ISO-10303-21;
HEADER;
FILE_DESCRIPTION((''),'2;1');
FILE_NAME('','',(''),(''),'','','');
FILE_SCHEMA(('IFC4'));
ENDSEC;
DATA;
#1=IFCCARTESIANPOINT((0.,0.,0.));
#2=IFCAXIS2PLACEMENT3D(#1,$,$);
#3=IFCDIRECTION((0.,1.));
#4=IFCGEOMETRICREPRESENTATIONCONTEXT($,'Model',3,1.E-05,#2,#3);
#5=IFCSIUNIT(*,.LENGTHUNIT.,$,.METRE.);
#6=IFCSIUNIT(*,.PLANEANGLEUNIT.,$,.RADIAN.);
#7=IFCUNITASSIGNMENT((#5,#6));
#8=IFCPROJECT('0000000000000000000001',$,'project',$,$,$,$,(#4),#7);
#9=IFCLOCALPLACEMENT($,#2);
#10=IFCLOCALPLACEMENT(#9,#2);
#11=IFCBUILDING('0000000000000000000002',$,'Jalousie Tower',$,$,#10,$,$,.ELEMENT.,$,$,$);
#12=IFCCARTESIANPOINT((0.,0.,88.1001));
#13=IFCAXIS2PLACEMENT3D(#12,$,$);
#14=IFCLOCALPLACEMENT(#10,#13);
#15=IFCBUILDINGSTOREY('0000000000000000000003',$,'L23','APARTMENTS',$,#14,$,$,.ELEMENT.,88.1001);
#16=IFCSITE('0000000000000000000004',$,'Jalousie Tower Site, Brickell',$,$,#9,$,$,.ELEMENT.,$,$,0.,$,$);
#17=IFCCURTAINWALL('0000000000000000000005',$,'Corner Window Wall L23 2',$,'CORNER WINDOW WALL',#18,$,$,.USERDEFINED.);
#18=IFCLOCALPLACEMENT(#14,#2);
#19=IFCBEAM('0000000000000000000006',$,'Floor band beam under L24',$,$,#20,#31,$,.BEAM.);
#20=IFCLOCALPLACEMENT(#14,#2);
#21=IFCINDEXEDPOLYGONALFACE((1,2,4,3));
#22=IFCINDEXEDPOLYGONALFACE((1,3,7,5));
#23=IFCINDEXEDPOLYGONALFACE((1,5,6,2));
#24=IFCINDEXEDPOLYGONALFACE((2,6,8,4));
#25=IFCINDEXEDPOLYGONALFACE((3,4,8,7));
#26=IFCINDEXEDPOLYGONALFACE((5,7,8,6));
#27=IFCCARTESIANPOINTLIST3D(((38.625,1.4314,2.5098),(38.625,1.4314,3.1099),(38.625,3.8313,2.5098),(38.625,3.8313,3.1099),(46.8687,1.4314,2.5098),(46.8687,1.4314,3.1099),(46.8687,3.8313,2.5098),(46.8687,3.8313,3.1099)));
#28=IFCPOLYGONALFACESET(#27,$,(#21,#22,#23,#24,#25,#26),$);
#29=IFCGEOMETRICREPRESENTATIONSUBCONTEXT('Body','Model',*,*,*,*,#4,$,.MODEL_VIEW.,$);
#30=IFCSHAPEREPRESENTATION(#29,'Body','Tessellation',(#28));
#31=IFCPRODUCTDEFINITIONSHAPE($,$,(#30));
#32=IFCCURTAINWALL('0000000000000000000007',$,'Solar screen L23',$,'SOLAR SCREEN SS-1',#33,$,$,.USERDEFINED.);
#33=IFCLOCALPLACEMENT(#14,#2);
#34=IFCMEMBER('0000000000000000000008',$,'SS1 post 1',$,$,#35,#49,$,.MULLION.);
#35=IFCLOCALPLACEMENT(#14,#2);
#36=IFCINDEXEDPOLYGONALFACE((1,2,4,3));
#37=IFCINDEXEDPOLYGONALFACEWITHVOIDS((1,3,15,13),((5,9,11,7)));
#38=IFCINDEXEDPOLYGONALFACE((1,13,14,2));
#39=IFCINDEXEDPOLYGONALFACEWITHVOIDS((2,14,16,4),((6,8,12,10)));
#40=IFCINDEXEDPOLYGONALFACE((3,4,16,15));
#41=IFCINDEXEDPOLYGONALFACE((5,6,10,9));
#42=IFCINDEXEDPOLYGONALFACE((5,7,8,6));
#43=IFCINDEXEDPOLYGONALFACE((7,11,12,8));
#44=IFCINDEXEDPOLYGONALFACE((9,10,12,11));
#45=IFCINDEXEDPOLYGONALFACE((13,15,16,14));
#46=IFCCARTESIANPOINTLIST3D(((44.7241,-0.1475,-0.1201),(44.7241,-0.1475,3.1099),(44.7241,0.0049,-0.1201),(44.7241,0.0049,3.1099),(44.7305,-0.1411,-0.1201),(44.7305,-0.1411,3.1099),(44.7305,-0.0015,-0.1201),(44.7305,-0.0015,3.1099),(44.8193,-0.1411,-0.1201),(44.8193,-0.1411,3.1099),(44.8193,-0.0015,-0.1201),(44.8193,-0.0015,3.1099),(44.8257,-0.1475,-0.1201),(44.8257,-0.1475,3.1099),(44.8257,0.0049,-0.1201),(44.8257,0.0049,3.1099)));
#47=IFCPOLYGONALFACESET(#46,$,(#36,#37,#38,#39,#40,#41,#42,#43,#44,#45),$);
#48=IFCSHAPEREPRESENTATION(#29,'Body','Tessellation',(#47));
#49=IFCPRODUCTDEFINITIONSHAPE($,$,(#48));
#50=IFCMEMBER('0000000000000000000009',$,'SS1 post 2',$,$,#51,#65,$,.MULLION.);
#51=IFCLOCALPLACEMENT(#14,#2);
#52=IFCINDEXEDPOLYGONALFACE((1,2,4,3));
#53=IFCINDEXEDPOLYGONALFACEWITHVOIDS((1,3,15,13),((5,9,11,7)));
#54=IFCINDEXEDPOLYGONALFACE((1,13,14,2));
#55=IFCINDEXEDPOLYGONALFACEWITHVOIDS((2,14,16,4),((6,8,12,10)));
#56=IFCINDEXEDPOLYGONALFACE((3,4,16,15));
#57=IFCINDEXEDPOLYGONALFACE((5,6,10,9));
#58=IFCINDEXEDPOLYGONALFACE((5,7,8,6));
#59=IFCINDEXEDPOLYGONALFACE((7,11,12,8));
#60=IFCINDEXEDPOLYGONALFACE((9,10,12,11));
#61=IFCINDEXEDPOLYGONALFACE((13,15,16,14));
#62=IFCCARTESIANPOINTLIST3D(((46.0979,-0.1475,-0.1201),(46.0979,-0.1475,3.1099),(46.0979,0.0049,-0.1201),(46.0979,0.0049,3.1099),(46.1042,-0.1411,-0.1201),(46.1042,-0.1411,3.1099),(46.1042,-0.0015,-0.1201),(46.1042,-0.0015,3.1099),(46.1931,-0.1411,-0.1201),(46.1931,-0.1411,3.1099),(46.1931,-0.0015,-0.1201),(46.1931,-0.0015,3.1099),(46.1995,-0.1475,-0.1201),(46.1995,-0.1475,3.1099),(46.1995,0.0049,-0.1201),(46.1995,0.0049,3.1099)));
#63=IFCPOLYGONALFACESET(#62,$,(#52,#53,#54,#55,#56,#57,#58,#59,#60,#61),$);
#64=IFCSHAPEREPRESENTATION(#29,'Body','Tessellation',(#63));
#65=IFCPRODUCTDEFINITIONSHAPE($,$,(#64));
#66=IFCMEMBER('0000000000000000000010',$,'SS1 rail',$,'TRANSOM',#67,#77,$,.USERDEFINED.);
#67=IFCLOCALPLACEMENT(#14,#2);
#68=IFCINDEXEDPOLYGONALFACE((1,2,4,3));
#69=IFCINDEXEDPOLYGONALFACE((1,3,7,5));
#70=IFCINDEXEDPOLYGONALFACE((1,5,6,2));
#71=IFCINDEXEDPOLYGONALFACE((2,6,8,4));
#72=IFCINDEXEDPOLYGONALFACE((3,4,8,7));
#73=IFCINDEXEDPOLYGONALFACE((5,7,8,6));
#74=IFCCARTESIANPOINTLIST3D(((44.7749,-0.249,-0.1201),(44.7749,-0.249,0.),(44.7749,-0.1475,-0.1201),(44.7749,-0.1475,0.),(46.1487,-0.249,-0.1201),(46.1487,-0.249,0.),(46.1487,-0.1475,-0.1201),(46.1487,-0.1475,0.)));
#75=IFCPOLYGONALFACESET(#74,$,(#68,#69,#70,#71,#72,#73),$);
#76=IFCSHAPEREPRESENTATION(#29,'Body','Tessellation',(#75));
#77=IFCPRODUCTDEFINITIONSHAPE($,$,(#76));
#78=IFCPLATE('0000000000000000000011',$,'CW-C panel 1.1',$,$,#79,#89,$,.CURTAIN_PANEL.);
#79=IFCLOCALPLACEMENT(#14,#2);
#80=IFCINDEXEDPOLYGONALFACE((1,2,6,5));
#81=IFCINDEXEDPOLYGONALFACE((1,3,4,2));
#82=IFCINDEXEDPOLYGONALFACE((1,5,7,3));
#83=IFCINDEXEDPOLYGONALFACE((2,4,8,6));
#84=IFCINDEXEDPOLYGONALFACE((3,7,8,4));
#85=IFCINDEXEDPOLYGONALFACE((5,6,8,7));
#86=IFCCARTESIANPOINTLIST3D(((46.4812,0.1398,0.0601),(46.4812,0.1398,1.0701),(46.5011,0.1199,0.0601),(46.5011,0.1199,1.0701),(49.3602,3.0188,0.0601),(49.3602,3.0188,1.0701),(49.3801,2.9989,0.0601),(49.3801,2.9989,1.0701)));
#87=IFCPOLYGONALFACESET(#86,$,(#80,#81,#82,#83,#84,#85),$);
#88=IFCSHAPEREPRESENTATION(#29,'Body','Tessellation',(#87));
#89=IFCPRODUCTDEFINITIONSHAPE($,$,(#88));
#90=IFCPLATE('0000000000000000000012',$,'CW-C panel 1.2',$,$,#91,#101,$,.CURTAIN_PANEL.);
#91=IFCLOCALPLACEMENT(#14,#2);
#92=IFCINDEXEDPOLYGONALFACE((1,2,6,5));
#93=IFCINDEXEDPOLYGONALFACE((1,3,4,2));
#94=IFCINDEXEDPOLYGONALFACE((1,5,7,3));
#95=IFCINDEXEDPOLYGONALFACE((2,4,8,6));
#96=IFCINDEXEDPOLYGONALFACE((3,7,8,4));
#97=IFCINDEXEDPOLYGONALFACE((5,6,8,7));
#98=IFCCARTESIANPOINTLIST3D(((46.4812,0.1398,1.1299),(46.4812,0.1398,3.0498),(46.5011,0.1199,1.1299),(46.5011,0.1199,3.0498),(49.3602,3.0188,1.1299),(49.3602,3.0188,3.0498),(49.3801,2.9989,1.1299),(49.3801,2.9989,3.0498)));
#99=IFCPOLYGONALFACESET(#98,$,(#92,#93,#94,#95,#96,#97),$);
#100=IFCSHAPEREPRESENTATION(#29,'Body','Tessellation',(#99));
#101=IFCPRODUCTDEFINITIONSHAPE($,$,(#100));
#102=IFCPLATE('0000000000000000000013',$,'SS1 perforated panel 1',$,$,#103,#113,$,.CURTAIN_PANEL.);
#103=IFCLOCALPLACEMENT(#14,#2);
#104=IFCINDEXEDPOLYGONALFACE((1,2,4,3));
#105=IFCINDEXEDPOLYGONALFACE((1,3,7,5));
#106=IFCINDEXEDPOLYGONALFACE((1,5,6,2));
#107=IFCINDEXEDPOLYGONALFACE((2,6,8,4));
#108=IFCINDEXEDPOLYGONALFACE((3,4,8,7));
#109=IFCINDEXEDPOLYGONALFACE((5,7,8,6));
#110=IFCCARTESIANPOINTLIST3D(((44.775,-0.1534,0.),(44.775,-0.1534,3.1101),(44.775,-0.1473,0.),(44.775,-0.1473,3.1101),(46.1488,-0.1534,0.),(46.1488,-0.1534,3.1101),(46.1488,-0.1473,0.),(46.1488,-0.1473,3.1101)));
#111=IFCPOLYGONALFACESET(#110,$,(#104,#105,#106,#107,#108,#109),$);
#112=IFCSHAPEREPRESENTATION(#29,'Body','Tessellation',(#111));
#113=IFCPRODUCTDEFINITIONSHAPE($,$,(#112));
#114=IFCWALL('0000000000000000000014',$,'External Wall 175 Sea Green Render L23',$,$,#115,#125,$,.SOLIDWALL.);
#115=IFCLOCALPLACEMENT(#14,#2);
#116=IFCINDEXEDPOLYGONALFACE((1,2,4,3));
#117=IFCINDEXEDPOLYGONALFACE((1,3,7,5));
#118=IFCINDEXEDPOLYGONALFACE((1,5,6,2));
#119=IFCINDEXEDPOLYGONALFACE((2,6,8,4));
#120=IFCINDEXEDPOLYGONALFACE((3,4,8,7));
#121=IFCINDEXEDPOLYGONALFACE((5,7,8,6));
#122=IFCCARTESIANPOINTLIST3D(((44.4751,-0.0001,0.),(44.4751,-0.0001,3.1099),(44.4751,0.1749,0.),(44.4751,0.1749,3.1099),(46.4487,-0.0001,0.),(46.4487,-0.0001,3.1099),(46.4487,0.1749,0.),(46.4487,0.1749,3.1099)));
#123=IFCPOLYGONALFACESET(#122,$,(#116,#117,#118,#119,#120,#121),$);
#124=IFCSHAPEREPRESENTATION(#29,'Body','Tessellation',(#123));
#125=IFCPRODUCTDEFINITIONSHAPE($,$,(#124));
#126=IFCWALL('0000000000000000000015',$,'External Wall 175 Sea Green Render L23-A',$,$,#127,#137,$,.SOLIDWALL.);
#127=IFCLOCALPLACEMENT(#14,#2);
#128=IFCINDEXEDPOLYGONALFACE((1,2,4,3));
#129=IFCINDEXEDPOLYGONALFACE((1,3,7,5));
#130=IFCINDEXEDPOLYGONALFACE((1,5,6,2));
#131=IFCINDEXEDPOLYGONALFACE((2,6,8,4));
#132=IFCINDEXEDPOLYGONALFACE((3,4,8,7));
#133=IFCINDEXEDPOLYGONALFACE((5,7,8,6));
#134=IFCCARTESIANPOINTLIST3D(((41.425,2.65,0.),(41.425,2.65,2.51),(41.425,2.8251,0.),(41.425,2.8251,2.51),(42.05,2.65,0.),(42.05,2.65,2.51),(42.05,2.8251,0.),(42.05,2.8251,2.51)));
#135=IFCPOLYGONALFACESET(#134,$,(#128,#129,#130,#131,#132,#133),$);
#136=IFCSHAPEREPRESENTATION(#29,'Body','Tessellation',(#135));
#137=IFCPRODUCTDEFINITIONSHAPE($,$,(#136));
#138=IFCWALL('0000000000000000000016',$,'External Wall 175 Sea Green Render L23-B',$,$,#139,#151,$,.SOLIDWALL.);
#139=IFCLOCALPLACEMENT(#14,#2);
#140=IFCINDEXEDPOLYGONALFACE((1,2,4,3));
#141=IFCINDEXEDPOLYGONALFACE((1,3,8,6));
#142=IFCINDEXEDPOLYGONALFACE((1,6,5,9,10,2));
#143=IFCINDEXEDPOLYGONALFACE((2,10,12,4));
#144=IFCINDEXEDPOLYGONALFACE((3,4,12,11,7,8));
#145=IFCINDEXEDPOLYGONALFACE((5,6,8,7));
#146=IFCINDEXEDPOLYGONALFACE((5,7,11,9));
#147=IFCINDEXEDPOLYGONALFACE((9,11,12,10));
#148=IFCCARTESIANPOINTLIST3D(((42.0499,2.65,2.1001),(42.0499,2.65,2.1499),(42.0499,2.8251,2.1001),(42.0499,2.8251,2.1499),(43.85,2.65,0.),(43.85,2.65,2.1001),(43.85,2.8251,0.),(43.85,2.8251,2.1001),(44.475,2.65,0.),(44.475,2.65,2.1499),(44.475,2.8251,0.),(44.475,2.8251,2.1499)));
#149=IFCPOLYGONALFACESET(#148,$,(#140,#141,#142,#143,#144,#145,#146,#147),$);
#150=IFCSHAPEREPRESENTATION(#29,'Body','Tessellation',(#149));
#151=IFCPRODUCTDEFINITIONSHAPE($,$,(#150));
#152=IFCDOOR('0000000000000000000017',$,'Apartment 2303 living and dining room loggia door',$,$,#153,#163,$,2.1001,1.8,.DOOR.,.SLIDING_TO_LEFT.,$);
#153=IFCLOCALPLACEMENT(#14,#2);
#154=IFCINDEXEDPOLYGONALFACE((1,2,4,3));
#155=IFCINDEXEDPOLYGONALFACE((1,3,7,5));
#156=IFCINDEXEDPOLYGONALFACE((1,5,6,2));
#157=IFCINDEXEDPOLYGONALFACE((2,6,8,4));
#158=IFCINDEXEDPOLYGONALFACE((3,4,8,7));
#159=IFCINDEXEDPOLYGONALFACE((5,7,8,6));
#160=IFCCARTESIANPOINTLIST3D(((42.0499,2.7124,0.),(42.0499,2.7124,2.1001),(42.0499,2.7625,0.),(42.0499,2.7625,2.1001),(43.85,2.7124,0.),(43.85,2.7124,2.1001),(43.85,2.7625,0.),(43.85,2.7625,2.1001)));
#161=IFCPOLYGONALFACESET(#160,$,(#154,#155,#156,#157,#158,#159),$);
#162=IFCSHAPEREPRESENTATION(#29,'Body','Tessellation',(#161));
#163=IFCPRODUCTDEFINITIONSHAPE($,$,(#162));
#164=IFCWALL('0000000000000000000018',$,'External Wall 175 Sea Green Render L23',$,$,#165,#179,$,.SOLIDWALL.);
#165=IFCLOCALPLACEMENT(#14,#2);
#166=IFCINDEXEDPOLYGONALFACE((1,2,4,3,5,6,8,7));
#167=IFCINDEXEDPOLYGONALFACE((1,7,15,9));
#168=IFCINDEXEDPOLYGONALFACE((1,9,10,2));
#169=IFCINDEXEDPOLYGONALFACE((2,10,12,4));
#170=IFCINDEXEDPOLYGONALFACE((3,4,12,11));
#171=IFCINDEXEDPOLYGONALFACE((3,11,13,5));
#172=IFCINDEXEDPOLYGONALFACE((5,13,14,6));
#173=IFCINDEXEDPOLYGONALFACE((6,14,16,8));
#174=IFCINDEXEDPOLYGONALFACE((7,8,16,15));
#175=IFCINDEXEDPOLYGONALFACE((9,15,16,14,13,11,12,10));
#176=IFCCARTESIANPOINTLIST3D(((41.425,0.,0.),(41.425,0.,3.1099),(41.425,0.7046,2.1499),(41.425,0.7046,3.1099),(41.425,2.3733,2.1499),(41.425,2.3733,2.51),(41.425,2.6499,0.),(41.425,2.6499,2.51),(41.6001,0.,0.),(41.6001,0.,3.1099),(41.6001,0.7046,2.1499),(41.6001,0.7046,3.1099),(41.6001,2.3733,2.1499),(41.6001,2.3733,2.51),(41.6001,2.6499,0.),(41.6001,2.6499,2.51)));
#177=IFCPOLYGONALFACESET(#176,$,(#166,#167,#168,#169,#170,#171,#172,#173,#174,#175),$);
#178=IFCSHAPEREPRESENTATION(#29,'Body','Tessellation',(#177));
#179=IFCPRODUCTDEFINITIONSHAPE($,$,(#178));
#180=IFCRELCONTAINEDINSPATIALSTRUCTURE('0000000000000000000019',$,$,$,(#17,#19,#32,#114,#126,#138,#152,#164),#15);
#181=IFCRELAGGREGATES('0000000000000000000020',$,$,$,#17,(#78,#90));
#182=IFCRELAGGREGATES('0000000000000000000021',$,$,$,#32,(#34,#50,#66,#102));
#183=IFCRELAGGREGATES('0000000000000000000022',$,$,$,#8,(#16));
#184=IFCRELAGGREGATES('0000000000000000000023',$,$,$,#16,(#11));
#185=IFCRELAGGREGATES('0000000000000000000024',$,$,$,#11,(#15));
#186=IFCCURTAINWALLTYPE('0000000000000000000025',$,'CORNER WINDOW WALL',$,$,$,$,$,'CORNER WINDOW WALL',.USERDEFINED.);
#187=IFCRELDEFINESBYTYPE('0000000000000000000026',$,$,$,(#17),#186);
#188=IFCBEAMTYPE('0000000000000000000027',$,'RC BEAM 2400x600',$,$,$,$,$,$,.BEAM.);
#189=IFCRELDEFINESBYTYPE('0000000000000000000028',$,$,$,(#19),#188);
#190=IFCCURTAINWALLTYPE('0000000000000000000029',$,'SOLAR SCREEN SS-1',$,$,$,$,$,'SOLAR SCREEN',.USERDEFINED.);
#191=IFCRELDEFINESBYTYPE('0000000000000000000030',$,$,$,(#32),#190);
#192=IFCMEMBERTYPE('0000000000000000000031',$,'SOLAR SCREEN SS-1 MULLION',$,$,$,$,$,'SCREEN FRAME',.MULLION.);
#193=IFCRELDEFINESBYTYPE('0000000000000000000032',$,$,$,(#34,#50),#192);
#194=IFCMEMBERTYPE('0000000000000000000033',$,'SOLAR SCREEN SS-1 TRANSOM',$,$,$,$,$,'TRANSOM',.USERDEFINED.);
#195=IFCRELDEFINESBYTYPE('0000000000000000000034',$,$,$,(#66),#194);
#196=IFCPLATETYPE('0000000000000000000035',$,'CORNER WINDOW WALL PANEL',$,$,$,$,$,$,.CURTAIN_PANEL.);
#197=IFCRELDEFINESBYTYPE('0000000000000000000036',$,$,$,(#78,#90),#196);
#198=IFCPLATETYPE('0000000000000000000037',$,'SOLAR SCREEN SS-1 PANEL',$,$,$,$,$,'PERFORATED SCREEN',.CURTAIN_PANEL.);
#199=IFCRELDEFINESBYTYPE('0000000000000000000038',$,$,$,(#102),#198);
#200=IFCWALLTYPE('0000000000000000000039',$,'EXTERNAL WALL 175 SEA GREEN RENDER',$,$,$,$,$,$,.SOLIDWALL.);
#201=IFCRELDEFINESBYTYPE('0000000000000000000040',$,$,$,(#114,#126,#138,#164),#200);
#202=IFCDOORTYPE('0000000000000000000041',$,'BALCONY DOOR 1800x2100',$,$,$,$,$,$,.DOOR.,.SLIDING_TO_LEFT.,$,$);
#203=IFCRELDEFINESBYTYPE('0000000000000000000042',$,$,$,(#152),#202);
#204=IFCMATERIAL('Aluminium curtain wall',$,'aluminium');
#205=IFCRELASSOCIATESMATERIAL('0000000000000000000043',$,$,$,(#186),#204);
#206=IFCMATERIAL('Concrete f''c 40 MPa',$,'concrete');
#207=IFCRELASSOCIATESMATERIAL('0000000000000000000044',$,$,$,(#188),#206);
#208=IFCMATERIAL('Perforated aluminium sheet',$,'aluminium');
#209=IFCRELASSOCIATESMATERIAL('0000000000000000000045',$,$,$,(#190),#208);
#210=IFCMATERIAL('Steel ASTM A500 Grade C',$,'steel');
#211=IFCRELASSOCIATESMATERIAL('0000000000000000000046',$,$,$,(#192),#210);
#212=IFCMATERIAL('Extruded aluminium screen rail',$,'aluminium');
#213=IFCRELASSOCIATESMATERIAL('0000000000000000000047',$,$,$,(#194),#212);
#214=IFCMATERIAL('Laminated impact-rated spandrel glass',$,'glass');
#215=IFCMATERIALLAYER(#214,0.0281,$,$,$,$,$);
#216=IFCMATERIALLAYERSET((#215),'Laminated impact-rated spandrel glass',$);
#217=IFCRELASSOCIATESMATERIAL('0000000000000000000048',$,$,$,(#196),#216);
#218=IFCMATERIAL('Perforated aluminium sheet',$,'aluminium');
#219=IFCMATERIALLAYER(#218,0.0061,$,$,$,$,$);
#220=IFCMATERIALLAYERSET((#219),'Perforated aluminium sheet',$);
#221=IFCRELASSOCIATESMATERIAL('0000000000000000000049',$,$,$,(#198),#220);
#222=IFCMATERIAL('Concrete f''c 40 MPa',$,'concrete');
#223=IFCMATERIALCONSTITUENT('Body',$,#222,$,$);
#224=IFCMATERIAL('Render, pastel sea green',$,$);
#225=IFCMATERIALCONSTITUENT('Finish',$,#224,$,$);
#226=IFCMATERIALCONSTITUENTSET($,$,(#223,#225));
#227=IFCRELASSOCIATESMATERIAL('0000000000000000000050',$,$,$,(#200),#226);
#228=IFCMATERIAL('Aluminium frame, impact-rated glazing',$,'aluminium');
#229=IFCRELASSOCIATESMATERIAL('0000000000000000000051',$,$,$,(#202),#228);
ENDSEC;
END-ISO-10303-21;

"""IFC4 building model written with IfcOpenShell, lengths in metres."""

from ifc_helpers import new_model, si_unit, direction, frame, frame_2d, origin, origin_2d, place, context, subcontext, project, spatial, polyline, rectangle, hollow_rectangle, outline, extrude, material, layer, layer_set, constituent, constituent_set, material_profile, profile_set, type_object, element, fill, aggregate, save


model = new_model("IFC4")

# Units and contexts
model_context = context("Model", 3, precision=1e-05, world=origin(), true_north=direction((0.0, 1.0)))
body_context = subcontext(model_context, "Body", "Model", "MODEL_VIEW")
ifc_project = project(units=[si_unit("LENGTHUNIT", "METRE"), si_unit("PLANEANGLEUNIT", "RADIAN")], contexts=[model_context])

# Site, building, storey
site_placement = place(None, origin())
site = spatial("IfcSite", under=ifc_project, at=site_placement, Name="Jalousie Tower Site, Brickell", CompositionType="ELEMENT", RefElevation=0.0)
building_placement = place(site_placement, origin())
building = spatial("IfcBuilding", under=site, at=building_placement, Name="Jalousie Tower", CompositionType="ELEMENT")
storey_placement = place(building_placement, frame((0.0, 0.0, 88.1001)))
storey = spatial("IfcBuildingStorey", under=building, at=storey_placement, Name="L23", Description="APARTMENTS", CompositionType="ELEMENT", Elevation=88.1001)

# Curtain wall
ifc_material_1 = material(Name="Aluminium curtain wall", Category="aluminium")
curtain_wall_type_1 = type_object("IfcCurtainWallType", Name="CORNER WINDOW WALL", ElementType="CORNER WINDOW WALL", PredefinedType="USERDEFINED", material=ifc_material_1)
curtain_wall_1_placement = place(storey_placement, origin())
curtain_wall_1 = element("IfcCurtainWall", 1, at=curtain_wall_1_placement, inside=storey, type_object=curtain_wall_type_1, Name="Corner Window Wall L23 2", ObjectType="CORNER WINDOW WALL", PredefinedType="USERDEFINED")

# Beam
ifc_material_2 = material(Name="Concrete f'c 40 MPa", Category="concrete")
ifc_material_profile_1 = material_profile(ifc_material_2, rectangle(XDim=2.3999, YDim=0.6001, at=origin_2d()), Name="RC 2400x600")
ifc_profile_set_1 = profile_set([ifc_material_profile_1], Name="Concrete f'c 40 MPa")
beam_type_1 = type_object("IfcBeamType", Name="RC BEAM 2400x600", PredefinedType="BEAM", material=ifc_profile_set_1)
beam_1_placement = place(storey_placement, frame((46.8687, 2.6313, 2.8098), z_axis=(-1.0, 0.0, 0.0), x_axis=(0.0, -1.0, 0.0)))
element("IfcBeam", 2, at=beam_1_placement, inside=storey, type_object=beam_type_1, Name="Floor band beam under L24", PredefinedType="BEAM", context=body_context, shape_type="SweptSolid", body=[
    extrude(rectangle(XDim=2.3999, YDim=0.6001, at=origin_2d()), origin(), (0.0, 0.0, 1.0), 8.2437),
])

# Curtain wall, members
ifc_material_3 = material(Name="Perforated aluminium sheet", Category="aluminium")
curtain_wall_type_2 = type_object("IfcCurtainWallType", Name="SOLAR SCREEN SS-1", ElementType="SOLAR SCREEN", PredefinedType="USERDEFINED", material=ifc_material_3)
curtain_wall_2_placement = place(storey_placement, origin())
curtain_wall_2 = element("IfcCurtainWall", 3, at=curtain_wall_2_placement, inside=storey, type_object=curtain_wall_type_2, Name="Solar screen L23", ObjectType="SOLAR SCREEN SS-1", PredefinedType="USERDEFINED")
ifc_material_4 = material(Name="Steel ASTM A500 Grade C", Category="steel")
ifc_material_profile_2 = material_profile(ifc_material_4, hollow_rectangle(XDim=0.1016, YDim=0.1523, WallThickness=0.0063, at=origin_2d()), Name="HSS6X4X1/4")
ifc_profile_set_2 = profile_set([ifc_material_profile_2], Name="Steel ASTM A500 Grade C")
member_type_1 = type_object("IfcMemberType", Name="SOLAR SCREEN SS-1 MULLION", ElementType="SCREEN FRAME", PredefinedType="MULLION", material=ifc_profile_set_2)
member_1_placement = place(storey_placement, frame((44.7749, -0.0713, -0.1201), z_axis=(0.0, 0.0, 1.0), x_axis=(1.0, 0.0, 0.0)))
member_1 = element("IfcMember", 4, at=member_1_placement, type_object=member_type_1, Name="SS1 post 1", PredefinedType="MULLION", context=body_context, shape_type="SweptSolid", body=[
    extrude(hollow_rectangle(XDim=0.1016, YDim=0.1523, WallThickness=0.0063, at=origin_2d()), origin(), (0.0, 0.0, 1.0), 3.23),
])
member_2_placement = place(storey_placement, frame((46.1487, -0.0713, -0.1201), z_axis=(0.0, 0.0, 1.0), x_axis=(1.0, 0.0, 0.0)))
member_2 = element("IfcMember", 5, at=member_2_placement, type_object=member_type_1, Name="SS1 post 2", PredefinedType="MULLION", context=body_context, shape_type="SweptSolid", body=[
    extrude(hollow_rectangle(XDim=0.1016, YDim=0.1523, WallThickness=0.0063, at=origin_2d()), origin(), (0.0, 0.0, 1.0), 3.23),
])
ifc_material_5 = material(Name="Extruded aluminium screen rail", Category="aluminium")
ifc_material_profile_3 = material_profile(ifc_material_5, rectangle(XDim=0.1016, YDim=0.1201, at=origin_2d()), Name="RAIL 102x120")
ifc_profile_set_3 = profile_set([ifc_material_profile_3], Name="Extruded aluminium screen rail")
member_type_2 = type_object("IfcMemberType", Name="SOLAR SCREEN SS-1 TRANSOM", ElementType="TRANSOM", PredefinedType="USERDEFINED", material=ifc_profile_set_3)
member_3_placement = place(storey_placement, frame((44.7749, -0.1982, -0.0601), z_axis=(1.0, 0.0, 0.0), x_axis=(0.0, 1.0, 0.0)))
member_3 = element("IfcMember", 6, at=member_3_placement, type_object=member_type_2, Name="SS1 rail", ObjectType="TRANSOM", PredefinedType="USERDEFINED", context=body_context, shape_type="SweptSolid", body=[
    extrude(rectangle(XDim=0.1016, YDim=0.1201, at=origin_2d()), origin(), (0.0, 0.0, 1.0), 1.3738),
])

# Plates
ifc_material_6 = material(Name="Laminated impact-rated spandrel glass", Category="glass")
ifc_layer_1 = layer(ifc_material_6, 0.0281)
ifc_layer_set_1 = layer_set([ifc_layer_1], Name="Laminated impact-rated spandrel glass")
plate_type_1 = type_object("IfcPlateType", Name="CORNER WINDOW WALL PANEL", PredefinedType="CURTAIN_PANEL", material=ifc_layer_set_1)
plate_1_placement = place(storey_placement, frame((47.9307, 1.5693, 0.0601), z_axis=(0.0, 0.0, 1.0), x_axis=(0.707107, 0.707107, 0.0)))
plate_1 = element("IfcPlate", 7, at=plate_1_placement, type_object=plate_type_1, Name="CW-C panel 1.1", PredefinedType="CURTAIN_PANEL", context=body_context, shape_type="SweptSolid", body=[
    extrude(rectangle(XDim=4.0715, YDim=0.0281, at=origin_2d()), origin(), (0.0, 0.0, 1.0), 1.01),
])
plate_2_placement = place(storey_placement, frame((47.9307, 1.5693, 1.1299), z_axis=(0.0, 0.0, 1.0), x_axis=(0.707107, 0.707107, 0.0)))
plate_2 = element("IfcPlate", 8, at=plate_2_placement, type_object=plate_type_1, Name="CW-C panel 1.2", PredefinedType="CURTAIN_PANEL", context=body_context, shape_type="SweptSolid", body=[
    extrude(rectangle(XDim=4.0715, YDim=0.0281, at=origin_2d()), origin(), (0.0, 0.0, 1.0), 1.9199),
])
aggregate(curtain_wall_1, [plate_1, plate_2])
ifc_material_7 = material(Name="Perforated aluminium sheet", Category="aluminium")
ifc_layer_2 = layer(ifc_material_7, 0.0061)
ifc_layer_set_2 = layer_set([ifc_layer_2], Name="Perforated aluminium sheet")
plate_type_2 = type_object("IfcPlateType", Name="SOLAR SCREEN SS-1 PANEL", ElementType="PERFORATED SCREEN", PredefinedType="CURTAIN_PANEL", material=ifc_layer_set_2)
plate_3_placement = place(storey_placement, frame((45.4619, -0.1504, 0.0), z_axis=(0.0, 0.0, 1.0), x_axis=(1.0, 0.0, 0.0)))
plate_3 = element("IfcPlate", 9, at=plate_3_placement, type_object=plate_type_2, Name="SS1 perforated panel 1", PredefinedType="CURTAIN_PANEL", context=body_context, shape_type="SweptSolid", body=[
    extrude(rectangle(XDim=1.3738, YDim=0.0061, at=origin_2d()), origin(), (0.0, 0.0, 1.0), 3.1101),
])
aggregate(curtain_wall_2, [member_1, member_2, member_3, plate_3])

# Walls
ifc_material_8 = material(Name="Concrete f'c 40 MPa", Category="concrete")
ifc_constituent_1 = constituent(ifc_material_8, Name="Body")
ifc_material_9 = material(Name="Render, pastel sea green")
ifc_constituent_2 = constituent(ifc_material_9, Name="Finish")
ifc_constituent_set = constituent_set(constituents=[ifc_constituent_1, ifc_constituent_2])
wall_type = type_object("IfcWallType", Name="EXTERNAL WALL 175 SEA GREEN RENDER", PredefinedType="SOLIDWALL", material=ifc_constituent_set)
wall_1_placement = place(storey_placement, frame((44.4751, 0.0874, 0.0), z_axis=(0.0, 0.0, 1.0), x_axis=(1.0, 0.0, 0.0)))
element("IfcWall", 10, at=wall_1_placement, inside=storey, type_object=wall_type, Name="External Wall 175 Sea Green Render L23", PredefinedType="SOLIDWALL", context=body_context, shape_type="SweptSolid", body=[
    extrude(rectangle(XDim=1.9736, YDim=0.175, at=frame_2d((0.9868, 0.0))), origin(), (0.0, 0.0, 1.0), 3.1099),
])
wall_2_placement = place(storey_placement, frame((41.425, 2.7375, 0.0), z_axis=(0.0, 0.0, 1.0), x_axis=(1.0, 0.0, 0.0)))
element("IfcWall", 11, at=wall_2_placement, inside=storey, type_object=wall_type, Name="External Wall 175 Sea Green Render L23-A", PredefinedType="SOLIDWALL", context=body_context, shape_type="SweptSolid", body=[
    extrude(rectangle(XDim=0.625, YDim=0.175, at=frame_2d((0.3125, 0.0))), origin(), (0.0, 0.0, 1.0), 2.51),
])

# Wall, opening, door
wall_3_placement = place(storey_placement, frame((42.05, 2.7375, 0.0), z_axis=(0.0, 0.0, 1.0), x_axis=(1.0, 0.0, 0.0)))
wall_3 = element("IfcWall", 12, at=wall_3_placement, inside=storey, type_object=wall_type, Name="External Wall 175 Sea Green Render L23-B", PredefinedType="SOLIDWALL", context=body_context, shape_type="SweptSolid", body=[
    extrude(rectangle(XDim=2.425, YDim=0.175, at=frame_2d((1.2124, 0.0))), origin(), (0.0, 0.0, 1.0), 2.1499),
])
opening_placement = place(wall_3_placement, origin())
opening = element("IfcOpeningElement", 13, at=opening_placement, cuts=wall_3, PredefinedType="OPENING", context=body_context, shape_type="SweptSolid", body=[
    extrude(rectangle(XDim=1.8, YDim=2.1001, at=frame_2d((0.8999, 1.05))), frame((0.0, 0.0974, 0.0), z_axis=(0.0, -1.0, 0.0), x_axis=(1.0, 0.0, 0.0)), (0.0, 0.0, 1.0), 0.1951),
])
ifc_material_10 = material(Name="Aluminium frame, impact-rated glazing", Category="aluminium")
door_type = type_object("IfcDoorType", Name="BALCONY DOOR 1800x2100", OperationType="SLIDING_TO_LEFT", PredefinedType="DOOR", material=ifc_material_10)
door_placement = place(opening_placement, origin())
door = element("IfcDoor", 14, at=door_placement, inside=storey, type_object=door_type, Name="Apartment 2303 living and dining room loggia door", OperationType="SLIDING_TO_LEFT", OverallHeight=2.1001, OverallWidth=1.8, PredefinedType="DOOR", context=body_context, shape_type="SweptSolid", body=[
    extrude(rectangle(XDim=1.8, YDim=2.1001, at=frame_2d((0.8999, 1.05))), frame((0.0, 0.0249, 0.0), z_axis=(0.0, -1.0, 0.0), x_axis=(1.0, 0.0, 0.0)), (0.0, 0.0, 1.0), 0.05),
])
fill(opening, door)

# Wall
wall_4_placement = place(storey_placement, frame((41.5125, 0.0, 0.0), z_axis=(0.0, 0.0, 1.0), x_axis=(0.0, 1.0, 0.0)))
element("IfcWall", 15, at=wall_4_placement, inside=storey, type_object=wall_type, Name="External Wall 175 Sea Green Render L23", PredefinedType="SOLIDWALL", context=body_context, shape_type="SweptSolid", body=[
    extrude(outline(polyline([(0.0, 0.0), (2.6499, 0.0), (2.6499, 2.51), (2.3733, 2.51), (2.3733, 2.1499), (0.7046, 2.1499), (0.7046, 3.1099), (0.0, 3.1099), (0.0, 0.0)])), frame((0.0, 0.0874, 0.0), z_axis=(0.0, -1.0, 0.0), x_axis=(1.0, 0.0, 0.0)), (0.0, 0.0, 1.0), 0.175),
])

save(model, "model.ifc")
